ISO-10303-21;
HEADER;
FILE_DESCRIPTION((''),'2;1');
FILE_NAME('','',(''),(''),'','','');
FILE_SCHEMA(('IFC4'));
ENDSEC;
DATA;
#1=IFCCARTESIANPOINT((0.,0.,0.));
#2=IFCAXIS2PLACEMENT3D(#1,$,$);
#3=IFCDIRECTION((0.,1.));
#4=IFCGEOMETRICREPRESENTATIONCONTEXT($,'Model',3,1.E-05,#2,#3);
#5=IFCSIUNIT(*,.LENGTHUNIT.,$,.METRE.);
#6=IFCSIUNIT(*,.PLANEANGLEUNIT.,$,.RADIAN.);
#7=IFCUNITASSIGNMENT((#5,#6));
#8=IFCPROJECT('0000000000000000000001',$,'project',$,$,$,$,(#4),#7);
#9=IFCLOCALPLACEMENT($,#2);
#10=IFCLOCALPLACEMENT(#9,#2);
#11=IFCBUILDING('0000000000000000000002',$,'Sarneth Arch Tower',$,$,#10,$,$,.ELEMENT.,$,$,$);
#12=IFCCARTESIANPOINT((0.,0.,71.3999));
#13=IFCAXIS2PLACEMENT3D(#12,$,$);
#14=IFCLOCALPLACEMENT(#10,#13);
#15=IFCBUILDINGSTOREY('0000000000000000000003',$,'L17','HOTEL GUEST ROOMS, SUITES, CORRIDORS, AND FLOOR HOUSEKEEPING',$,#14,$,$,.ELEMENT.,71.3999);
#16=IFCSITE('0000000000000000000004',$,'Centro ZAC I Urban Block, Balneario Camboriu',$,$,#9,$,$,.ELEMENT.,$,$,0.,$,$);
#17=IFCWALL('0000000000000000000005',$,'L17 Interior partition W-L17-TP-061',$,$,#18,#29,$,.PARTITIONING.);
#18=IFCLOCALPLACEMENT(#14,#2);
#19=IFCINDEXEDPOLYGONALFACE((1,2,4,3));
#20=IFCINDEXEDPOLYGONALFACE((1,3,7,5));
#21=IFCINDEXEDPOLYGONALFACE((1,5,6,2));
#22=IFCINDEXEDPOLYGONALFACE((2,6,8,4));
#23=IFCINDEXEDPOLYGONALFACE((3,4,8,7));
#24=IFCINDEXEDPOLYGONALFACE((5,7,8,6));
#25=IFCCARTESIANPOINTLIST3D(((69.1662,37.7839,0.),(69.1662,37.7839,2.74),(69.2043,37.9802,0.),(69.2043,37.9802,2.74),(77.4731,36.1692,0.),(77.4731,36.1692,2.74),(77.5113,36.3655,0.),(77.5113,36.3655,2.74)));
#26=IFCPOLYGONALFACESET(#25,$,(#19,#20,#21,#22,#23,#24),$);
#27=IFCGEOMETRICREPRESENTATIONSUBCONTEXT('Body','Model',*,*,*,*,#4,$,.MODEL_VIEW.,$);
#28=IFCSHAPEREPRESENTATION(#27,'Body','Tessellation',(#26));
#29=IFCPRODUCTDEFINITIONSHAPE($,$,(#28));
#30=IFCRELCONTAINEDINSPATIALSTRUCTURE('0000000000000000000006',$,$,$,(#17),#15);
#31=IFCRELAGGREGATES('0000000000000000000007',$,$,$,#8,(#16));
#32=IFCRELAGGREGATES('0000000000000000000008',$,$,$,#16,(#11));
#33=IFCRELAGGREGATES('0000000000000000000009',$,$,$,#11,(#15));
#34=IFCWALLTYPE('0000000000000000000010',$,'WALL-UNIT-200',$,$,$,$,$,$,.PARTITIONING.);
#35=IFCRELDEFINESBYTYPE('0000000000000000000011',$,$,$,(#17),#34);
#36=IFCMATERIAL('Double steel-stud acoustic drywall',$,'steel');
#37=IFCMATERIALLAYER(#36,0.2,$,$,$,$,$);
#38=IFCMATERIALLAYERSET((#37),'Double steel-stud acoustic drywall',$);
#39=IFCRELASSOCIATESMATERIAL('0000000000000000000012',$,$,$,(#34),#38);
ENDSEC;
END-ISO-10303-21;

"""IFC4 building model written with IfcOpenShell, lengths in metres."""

from ifc_helpers import new_model, si_unit, direction, frame, frame_2d, origin, place, context, subcontext, project, spatial, rectangle, extrude, material, layer, layer_set, type_object, element, save


model = new_model("IFC4")

# Units and contexts
model_context = context("Model", 3, precision=1e-05, world=origin(), true_north=direction((0.0, 1.0)))
body_context = subcontext(model_context, "Body", "Model", "MODEL_VIEW")
ifc_project = project(units=[si_unit("LENGTHUNIT", "METRE"), si_unit("PLANEANGLEUNIT", "RADIAN")], contexts=[model_context])

# Site, building, storey
site_placement = place(None, origin())
site = spatial("IfcSite", under=ifc_project, at=site_placement, Name="Centro ZAC I Urban Block, Balneario Camboriu", CompositionType="ELEMENT", RefElevation=0.0)
building_placement = place(site_placement, origin())
building = spatial("IfcBuilding", under=site, at=building_placement, Name="Sarneth Arch Tower", CompositionType="ELEMENT")
storey_placement = place(building_placement, frame((0.0, 0.0, 71.3999)))
storey = spatial("IfcBuildingStorey", under=building, at=storey_placement, Name="L17", Description="HOTEL GUEST ROOMS, SUITES, CORRIDORS, AND FLOOR HOUSEKEEPING", CompositionType="ELEMENT", Elevation=71.3999)

# Wall
ifc_material_1 = material(Name="Double steel-stud acoustic drywall", Category="steel")
ifc_layer_1 = layer(ifc_material_1, 0.2)
ifc_layer_set_1 = layer_set([ifc_layer_1], Name="Double steel-stud acoustic drywall")
wall_type_1 = type_object("IfcWallType", Name="WALL-UNIT-200", PredefinedType="PARTITIONING", material=ifc_layer_set_1)
wall_1_placement = place(storey_placement, frame((77.4922, 36.2673, 0.0), z_axis=(0.0, 0.0, 1.0), x_axis=(-0.981626, 0.190815, 0.0)))
element("IfcWall", 1, at=wall_1_placement, inside=storey, type_object=wall_type_1, Name="L17 Interior partition W-L17-TP-061", PredefinedType="PARTITIONING", context=body_context, shape_type="SweptSolid", body=[
    extrude(rectangle(XDim=8.4624, YDim=0.2, at=frame_2d((4.2312, 0.0))), origin(), (0.0, 0.0, 1.0), 2.74),
])

save(model, "model.ifc")
